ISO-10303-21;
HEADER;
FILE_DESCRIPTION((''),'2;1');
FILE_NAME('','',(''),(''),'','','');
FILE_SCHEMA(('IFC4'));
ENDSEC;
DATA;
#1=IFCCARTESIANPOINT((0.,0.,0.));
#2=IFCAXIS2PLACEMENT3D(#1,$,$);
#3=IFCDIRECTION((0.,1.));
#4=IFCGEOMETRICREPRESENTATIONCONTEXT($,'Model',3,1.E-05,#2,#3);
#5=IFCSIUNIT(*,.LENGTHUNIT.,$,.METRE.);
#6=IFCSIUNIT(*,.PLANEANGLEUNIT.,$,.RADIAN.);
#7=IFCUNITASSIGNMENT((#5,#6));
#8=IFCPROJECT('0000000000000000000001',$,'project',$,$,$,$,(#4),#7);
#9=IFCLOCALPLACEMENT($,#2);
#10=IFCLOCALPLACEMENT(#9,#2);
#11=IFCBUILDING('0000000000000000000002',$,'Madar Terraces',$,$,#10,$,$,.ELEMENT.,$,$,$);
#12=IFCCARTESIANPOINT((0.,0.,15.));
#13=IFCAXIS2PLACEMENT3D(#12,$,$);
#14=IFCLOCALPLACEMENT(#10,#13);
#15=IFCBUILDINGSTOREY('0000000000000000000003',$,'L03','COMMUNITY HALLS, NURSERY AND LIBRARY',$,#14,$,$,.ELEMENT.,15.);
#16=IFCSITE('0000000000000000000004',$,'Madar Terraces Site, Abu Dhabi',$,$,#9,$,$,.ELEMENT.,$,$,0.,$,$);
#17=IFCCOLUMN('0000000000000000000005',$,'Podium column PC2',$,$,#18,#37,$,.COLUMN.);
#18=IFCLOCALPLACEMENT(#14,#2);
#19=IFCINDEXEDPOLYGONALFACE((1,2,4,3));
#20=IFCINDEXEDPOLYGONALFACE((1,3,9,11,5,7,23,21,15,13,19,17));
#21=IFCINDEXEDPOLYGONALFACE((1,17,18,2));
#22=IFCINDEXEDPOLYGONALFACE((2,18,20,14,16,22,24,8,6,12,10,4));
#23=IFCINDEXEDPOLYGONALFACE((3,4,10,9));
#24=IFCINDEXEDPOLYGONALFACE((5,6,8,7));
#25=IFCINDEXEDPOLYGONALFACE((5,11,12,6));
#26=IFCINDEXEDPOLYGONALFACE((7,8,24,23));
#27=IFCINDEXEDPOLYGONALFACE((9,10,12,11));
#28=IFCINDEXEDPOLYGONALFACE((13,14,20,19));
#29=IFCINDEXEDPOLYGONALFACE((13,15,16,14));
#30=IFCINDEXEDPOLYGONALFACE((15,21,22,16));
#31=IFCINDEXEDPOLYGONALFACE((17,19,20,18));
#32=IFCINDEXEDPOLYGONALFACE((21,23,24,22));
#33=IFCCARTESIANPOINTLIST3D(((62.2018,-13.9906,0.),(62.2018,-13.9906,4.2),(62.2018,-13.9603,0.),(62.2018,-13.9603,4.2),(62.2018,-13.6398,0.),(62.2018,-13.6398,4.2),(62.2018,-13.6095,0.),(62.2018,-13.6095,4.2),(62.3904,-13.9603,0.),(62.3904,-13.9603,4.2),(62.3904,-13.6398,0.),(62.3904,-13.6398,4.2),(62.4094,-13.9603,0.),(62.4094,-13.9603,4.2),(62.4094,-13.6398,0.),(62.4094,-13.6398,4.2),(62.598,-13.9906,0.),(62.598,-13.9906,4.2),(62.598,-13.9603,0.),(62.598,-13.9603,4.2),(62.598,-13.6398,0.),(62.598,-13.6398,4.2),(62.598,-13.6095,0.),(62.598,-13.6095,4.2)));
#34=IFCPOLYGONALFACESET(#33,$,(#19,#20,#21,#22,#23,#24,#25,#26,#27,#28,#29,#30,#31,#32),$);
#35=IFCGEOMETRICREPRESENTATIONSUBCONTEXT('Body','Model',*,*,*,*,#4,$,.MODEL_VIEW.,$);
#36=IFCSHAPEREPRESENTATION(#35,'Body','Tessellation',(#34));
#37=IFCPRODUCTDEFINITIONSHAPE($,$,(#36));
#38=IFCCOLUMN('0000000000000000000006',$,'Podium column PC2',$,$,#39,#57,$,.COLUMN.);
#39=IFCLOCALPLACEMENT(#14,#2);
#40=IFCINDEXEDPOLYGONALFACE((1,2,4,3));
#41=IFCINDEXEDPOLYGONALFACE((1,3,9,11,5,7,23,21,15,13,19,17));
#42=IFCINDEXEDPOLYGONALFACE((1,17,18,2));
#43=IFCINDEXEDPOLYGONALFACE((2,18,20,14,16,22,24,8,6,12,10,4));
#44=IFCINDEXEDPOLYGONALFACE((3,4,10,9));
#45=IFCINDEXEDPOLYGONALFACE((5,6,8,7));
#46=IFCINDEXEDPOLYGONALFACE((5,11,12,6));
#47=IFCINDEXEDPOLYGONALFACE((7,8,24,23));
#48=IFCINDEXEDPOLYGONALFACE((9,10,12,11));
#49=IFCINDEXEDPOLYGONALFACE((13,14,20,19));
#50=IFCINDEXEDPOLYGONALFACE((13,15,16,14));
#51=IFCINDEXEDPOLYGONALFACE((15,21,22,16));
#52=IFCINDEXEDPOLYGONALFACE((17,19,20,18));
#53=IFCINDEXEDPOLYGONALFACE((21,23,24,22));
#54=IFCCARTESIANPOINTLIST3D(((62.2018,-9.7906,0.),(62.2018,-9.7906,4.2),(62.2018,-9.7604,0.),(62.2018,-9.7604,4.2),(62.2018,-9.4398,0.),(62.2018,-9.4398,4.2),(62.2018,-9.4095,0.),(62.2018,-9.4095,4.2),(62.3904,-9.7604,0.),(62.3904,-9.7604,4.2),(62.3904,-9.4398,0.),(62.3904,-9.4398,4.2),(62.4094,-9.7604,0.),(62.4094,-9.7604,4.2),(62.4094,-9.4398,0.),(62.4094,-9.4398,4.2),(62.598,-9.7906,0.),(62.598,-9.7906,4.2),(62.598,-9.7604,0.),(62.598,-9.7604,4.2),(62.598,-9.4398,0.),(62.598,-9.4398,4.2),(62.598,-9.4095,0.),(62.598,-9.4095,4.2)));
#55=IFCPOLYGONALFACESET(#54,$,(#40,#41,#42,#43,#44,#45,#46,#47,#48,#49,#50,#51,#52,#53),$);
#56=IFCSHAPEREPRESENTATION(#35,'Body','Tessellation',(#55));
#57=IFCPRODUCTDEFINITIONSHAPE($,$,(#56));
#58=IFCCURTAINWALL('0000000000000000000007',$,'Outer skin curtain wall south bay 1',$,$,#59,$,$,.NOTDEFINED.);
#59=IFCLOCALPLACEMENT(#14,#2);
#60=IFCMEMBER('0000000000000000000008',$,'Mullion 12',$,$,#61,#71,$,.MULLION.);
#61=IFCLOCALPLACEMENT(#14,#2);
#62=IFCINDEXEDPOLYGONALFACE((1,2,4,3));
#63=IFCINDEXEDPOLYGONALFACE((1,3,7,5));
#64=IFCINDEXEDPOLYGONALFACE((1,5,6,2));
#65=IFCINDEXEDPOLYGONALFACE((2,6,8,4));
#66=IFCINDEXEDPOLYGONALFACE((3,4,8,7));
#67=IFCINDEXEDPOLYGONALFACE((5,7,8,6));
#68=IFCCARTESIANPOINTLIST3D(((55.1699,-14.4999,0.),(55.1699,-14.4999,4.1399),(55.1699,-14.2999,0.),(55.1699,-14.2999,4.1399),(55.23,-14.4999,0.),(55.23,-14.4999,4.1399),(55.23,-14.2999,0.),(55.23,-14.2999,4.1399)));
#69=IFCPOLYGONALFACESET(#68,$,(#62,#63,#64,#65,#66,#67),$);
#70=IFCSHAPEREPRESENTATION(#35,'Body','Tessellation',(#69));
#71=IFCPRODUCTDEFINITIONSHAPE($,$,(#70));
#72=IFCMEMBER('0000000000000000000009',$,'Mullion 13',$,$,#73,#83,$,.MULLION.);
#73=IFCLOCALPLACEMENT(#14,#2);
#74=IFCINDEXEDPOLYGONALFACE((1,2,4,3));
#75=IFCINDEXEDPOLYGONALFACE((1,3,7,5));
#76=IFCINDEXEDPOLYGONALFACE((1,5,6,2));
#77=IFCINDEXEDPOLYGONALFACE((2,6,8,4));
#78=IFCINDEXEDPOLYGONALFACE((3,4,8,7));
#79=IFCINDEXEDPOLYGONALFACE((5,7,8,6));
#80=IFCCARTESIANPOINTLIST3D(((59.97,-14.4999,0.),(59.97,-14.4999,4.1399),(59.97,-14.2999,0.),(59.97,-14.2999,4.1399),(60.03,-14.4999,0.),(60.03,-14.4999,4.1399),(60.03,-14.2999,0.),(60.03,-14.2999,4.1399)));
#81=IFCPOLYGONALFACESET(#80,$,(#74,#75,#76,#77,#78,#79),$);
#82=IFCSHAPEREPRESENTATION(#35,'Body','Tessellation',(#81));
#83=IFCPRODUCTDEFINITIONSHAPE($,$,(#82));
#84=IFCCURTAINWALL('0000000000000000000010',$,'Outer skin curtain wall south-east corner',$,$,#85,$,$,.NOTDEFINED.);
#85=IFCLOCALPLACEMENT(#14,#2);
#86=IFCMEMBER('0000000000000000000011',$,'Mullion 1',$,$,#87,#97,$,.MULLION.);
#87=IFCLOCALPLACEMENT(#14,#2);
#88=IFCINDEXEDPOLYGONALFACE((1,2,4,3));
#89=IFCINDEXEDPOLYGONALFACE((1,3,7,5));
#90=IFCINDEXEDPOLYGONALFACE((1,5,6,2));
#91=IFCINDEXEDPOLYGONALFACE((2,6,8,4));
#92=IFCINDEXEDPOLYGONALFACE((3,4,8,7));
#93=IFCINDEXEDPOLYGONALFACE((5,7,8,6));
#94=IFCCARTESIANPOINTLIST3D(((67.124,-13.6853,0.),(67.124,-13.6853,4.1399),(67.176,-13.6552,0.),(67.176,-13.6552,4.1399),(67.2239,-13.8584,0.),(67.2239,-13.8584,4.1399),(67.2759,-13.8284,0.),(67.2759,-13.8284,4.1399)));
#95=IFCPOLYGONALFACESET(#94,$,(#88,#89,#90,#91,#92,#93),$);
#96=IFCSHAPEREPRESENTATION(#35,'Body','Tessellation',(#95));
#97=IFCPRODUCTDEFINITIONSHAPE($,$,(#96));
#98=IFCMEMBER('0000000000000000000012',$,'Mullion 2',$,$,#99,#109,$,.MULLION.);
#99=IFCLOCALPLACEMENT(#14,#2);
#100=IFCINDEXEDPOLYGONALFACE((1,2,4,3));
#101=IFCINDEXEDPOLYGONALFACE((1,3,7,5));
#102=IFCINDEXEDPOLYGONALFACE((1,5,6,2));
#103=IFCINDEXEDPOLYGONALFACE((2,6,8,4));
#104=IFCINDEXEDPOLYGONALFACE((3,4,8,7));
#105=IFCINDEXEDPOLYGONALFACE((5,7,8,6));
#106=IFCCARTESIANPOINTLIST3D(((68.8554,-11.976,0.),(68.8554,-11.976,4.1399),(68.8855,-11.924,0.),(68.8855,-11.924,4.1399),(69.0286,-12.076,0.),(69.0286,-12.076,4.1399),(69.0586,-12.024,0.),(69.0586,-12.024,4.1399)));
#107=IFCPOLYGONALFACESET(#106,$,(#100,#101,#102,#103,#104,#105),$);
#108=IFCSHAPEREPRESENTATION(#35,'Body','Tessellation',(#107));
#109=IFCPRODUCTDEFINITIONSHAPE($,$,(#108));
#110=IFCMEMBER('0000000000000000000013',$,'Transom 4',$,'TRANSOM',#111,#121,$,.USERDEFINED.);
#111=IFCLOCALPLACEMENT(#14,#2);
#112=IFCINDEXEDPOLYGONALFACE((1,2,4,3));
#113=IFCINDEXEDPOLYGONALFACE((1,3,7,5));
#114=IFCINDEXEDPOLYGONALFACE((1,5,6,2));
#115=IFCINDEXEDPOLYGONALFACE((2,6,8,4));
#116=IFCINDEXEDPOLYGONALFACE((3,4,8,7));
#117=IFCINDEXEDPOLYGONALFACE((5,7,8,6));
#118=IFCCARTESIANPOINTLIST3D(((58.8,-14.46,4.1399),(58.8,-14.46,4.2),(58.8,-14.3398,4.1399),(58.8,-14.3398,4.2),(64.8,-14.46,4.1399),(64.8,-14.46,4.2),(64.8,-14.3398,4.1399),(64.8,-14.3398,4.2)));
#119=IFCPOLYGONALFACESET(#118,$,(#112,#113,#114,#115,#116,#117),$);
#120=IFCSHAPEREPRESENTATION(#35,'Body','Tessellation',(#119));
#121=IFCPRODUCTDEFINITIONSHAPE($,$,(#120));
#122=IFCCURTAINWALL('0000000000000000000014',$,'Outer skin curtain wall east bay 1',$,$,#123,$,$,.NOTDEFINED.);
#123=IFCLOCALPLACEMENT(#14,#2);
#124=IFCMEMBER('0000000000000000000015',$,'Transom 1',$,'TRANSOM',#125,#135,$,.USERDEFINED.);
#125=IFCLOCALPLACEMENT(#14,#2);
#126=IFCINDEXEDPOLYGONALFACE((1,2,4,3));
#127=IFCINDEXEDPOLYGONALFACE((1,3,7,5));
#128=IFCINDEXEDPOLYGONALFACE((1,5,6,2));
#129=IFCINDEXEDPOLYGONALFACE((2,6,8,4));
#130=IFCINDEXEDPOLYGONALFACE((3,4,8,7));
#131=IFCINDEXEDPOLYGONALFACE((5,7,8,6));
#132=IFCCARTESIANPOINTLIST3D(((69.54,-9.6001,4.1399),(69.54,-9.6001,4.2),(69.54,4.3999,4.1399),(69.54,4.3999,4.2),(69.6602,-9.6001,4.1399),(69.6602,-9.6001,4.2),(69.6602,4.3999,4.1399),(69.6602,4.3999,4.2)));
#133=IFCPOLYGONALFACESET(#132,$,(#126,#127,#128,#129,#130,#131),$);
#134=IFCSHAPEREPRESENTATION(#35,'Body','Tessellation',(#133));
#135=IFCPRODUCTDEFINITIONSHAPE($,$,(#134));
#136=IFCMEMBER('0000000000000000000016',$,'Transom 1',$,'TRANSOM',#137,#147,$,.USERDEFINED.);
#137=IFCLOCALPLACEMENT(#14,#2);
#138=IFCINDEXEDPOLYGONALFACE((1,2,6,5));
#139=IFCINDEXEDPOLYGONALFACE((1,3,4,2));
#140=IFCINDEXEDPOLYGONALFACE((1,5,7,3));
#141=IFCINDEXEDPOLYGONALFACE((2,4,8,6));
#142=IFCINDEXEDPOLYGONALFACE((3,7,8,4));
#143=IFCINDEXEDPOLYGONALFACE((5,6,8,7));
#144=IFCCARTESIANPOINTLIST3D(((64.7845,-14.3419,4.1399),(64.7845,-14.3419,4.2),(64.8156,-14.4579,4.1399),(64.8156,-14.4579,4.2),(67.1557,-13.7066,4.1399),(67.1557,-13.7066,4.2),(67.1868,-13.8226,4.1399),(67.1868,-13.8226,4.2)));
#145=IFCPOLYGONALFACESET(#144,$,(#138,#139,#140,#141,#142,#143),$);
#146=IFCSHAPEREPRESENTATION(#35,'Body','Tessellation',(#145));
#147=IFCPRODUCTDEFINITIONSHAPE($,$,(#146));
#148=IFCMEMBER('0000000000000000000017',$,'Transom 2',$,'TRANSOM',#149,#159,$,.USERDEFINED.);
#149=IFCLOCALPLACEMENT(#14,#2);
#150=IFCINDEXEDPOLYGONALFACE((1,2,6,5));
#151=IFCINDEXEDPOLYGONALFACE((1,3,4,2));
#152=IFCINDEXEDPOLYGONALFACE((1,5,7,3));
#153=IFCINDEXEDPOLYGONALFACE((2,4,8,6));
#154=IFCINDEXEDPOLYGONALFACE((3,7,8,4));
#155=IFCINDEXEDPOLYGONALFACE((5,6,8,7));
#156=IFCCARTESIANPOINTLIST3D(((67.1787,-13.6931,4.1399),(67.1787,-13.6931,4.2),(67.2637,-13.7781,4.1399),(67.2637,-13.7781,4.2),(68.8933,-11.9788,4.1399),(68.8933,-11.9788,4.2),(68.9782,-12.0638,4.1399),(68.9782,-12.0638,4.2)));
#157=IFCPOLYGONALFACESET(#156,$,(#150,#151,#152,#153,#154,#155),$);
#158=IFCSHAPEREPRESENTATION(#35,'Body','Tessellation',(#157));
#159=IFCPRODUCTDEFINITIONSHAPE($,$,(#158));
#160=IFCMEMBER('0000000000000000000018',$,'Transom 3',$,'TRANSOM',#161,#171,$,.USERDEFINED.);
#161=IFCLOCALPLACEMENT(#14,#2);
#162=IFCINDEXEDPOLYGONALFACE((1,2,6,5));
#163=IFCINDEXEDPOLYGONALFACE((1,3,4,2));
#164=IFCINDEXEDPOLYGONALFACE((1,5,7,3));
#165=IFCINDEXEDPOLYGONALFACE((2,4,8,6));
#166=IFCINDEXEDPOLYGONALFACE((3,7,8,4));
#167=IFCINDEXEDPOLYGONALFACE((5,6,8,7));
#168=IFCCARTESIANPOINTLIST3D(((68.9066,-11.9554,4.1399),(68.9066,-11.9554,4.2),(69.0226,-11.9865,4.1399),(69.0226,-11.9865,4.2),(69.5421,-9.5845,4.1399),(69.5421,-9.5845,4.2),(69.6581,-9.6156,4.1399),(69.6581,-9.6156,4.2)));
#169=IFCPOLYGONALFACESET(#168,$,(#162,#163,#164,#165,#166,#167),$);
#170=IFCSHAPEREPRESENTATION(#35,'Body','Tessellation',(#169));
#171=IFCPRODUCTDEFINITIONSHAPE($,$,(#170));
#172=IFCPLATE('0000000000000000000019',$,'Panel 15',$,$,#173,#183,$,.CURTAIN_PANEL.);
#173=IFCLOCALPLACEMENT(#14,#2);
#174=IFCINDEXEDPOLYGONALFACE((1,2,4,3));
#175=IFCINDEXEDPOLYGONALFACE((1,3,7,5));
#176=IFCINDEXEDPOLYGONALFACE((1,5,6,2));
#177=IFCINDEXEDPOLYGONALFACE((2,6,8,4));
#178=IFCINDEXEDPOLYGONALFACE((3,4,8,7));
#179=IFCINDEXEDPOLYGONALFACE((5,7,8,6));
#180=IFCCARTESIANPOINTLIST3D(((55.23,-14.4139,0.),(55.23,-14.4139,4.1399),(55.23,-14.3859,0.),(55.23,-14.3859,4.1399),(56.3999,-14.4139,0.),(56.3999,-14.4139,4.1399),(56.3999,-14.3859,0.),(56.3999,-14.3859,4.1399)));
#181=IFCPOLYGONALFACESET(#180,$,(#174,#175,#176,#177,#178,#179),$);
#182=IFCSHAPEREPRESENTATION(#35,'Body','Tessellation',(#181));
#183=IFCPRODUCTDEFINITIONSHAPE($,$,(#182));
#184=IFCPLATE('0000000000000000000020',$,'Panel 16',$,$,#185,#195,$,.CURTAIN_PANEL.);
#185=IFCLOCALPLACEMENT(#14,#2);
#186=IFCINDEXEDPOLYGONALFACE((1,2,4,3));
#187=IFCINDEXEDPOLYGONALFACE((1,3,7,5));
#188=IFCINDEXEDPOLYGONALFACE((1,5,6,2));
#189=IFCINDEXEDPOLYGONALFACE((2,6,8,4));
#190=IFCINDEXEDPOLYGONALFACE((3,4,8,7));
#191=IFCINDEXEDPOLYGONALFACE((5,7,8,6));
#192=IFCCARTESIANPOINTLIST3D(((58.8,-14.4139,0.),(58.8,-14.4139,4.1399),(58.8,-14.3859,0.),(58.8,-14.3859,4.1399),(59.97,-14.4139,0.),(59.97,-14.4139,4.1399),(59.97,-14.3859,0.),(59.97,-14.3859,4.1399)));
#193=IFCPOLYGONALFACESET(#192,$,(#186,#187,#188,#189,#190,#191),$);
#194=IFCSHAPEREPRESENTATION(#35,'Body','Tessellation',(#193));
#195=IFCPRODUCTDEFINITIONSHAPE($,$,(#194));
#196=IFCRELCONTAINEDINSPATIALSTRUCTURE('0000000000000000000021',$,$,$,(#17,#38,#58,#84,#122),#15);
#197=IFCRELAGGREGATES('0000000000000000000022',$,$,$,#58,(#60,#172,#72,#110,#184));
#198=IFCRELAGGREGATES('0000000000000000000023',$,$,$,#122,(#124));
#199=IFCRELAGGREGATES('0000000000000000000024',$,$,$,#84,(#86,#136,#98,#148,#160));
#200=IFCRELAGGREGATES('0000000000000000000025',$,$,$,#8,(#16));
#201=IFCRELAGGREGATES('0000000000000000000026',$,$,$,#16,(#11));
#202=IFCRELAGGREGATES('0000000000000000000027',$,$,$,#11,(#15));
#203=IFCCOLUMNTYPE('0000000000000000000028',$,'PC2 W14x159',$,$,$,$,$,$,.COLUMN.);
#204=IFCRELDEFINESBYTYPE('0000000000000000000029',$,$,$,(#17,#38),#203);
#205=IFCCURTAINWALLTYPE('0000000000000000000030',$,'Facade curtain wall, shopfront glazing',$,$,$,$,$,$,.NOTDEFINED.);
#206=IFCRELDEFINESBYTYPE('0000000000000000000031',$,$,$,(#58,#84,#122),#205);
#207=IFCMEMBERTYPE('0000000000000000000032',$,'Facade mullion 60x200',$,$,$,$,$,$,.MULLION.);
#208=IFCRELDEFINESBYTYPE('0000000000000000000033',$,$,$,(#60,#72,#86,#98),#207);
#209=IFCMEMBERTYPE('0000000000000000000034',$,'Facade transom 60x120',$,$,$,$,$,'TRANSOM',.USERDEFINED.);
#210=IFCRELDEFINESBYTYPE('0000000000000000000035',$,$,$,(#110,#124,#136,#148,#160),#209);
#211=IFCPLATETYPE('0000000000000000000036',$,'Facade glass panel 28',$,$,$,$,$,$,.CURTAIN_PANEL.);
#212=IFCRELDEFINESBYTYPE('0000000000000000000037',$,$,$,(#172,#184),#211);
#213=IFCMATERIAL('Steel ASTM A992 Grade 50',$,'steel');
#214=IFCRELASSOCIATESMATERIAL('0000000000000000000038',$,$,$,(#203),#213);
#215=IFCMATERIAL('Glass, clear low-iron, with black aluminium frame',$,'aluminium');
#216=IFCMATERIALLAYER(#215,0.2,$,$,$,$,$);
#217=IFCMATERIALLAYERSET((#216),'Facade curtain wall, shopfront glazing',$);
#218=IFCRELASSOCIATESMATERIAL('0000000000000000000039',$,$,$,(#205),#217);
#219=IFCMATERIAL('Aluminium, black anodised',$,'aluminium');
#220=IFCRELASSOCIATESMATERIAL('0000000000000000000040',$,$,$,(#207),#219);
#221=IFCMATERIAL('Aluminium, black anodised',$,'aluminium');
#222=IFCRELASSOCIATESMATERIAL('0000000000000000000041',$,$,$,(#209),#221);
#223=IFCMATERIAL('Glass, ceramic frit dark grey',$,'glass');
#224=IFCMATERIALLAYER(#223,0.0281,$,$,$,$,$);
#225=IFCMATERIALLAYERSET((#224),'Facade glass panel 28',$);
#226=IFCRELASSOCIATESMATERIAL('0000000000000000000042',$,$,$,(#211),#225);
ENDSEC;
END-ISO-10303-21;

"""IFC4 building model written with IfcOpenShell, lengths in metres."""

from ifc_helpers import new_model, si_unit, direction, frame, origin, origin_2d, place, context, subcontext, project, spatial, rectangle, i_section, extrude, material, layer, layer_set, material_profile, profile_set, type_object, element, aggregate, save


model = new_model("IFC4")

# Units and contexts
model_context = context("Model", 3, precision=1e-05, world=origin(), true_north=direction((0.0, 1.0)))
body_context = subcontext(model_context, "Body", "Model", "MODEL_VIEW")
ifc_project = project(units=[si_unit("LENGTHUNIT", "METRE"), si_unit("PLANEANGLEUNIT", "RADIAN")], contexts=[model_context])

# Site, building, storey
site_placement = place(None, origin())
site = spatial("IfcSite", under=ifc_project, at=site_placement, Name="Madar Terraces Site, Abu Dhabi", CompositionType="ELEMENT", RefElevation=0.0)
building_placement = place(site_placement, origin())
building = spatial("IfcBuilding", under=site, at=building_placement, Name="Madar Terraces", CompositionType="ELEMENT")
storey_placement = place(building_placement, frame((0.0, 0.0, 15.0)))
storey = spatial("IfcBuildingStorey", under=building, at=storey_placement, Name="L03", Description="COMMUNITY HALLS, NURSERY AND LIBRARY", CompositionType="ELEMENT", Elevation=15.0)

# Columns
ifc_material_1 = material(Name="Steel ASTM A992 Grade 50", Category="steel")
ifc_material_profile_1 = material_profile(ifc_material_1, i_section(OverallWidth=0.3962, OverallDepth=0.3811, WebThickness=0.019, FlangeThickness=0.0303, at=origin_2d()), Name="W14x159")
ifc_profile_set_1 = profile_set([ifc_material_profile_1], Name="Steel ASTM A992 Grade 50")
column_type = type_object("IfcColumnType", Name="PC2 W14x159", PredefinedType="COLUMN", material=ifc_profile_set_1)
for number, where, z_axis, x_axis, name in (
    (1, (62.3999, -13.8, 0.0), (0.0, 0.0, 1.0), (1.0, 0.0, 0.0), "Podium column PC2"),
    (2, (62.3999, -9.6001, 0.0), (0.0, 0.0, 1.0), (1.0, 0.0, 0.0), "Podium column PC2"),
):
    element("IfcColumn", number, at=place(storey_placement, frame(where, z_axis=z_axis, x_axis=x_axis)), inside=storey, type_object=column_type, Name=name, PredefinedType="COLUMN", context=body_context, shape_type="SweptSolid", body=[
        extrude(i_section(OverallWidth=0.3962, OverallDepth=0.3811, WebThickness=0.019, FlangeThickness=0.0303, at=origin_2d()), origin(), (0.0, 0.0, 1.0), 4.2),
    ])

# Curtain walls, members
ifc_material_2 = material(Name="Glass, clear low-iron, with black aluminium frame", Category="aluminium")
ifc_layer_1 = layer(ifc_material_2, 0.2)
ifc_layer_set_1 = layer_set([ifc_layer_1], Name="Facade curtain wall, shopfront glazing")
curtain_wall_type = type_object("IfcCurtainWallType", Name="Facade curtain wall, shopfront glazing", PredefinedType="NOTDEFINED", material=ifc_layer_set_1)
curtain_wall_1_placement = place(storey_placement, origin())
curtain_wall_1 = element("IfcCurtainWall", 3, at=curtain_wall_1_placement, inside=storey, type_object=curtain_wall_type, Name="Outer skin curtain wall south bay 1", PredefinedType="NOTDEFINED")
ifc_material_3 = material(Name="Aluminium, black anodised", Category="aluminium")
ifc_material_profile_2 = material_profile(ifc_material_3, rectangle(XDim=0.2, YDim=0.0601, at=origin_2d()), Name="Facade mullion 60x200")
ifc_profile_set_2 = profile_set([ifc_material_profile_2], Name="Aluminium, black anodised")
member_type_1 = type_object("IfcMemberType", Name="Facade mullion 60x200", PredefinedType="MULLION", material=ifc_profile_set_2)
member_1_placement = place(storey_placement, frame((55.2, -14.3999, 0.0), z_axis=(0.0, 0.0, 1.0), x_axis=(0.0, 1.0, 0.0)))
member_1 = element("IfcMember", 4, at=member_1_placement, type_object=member_type_1, Name="Mullion 12", PredefinedType="MULLION", context=body_context, shape_type="SweptSolid", body=[
    extrude(rectangle(XDim=0.2, YDim=0.0601, at=origin_2d()), origin(), (0.0, 0.0, 1.0), 4.1399),
])
member_2_placement = place(storey_placement, frame((60.0, -14.3999, 0.0), z_axis=(0.0, 0.0, 1.0), x_axis=(0.0, 1.0, 0.0)))
member_2 = element("IfcMember", 5, at=member_2_placement, type_object=member_type_1, Name="Mullion 13", PredefinedType="MULLION", context=body_context, shape_type="SweptSolid", body=[
    extrude(rectangle(XDim=0.2, YDim=0.0601, at=origin_2d()), origin(), (0.0, 0.0, 1.0), 4.1399),
])
curtain_wall_2_placement = place(storey_placement, origin())
curtain_wall_2 = element("IfcCurtainWall", 6, at=curtain_wall_2_placement, inside=storey, type_object=curtain_wall_type, Name="Outer skin curtain wall south-east corner", PredefinedType="NOTDEFINED")
member_3_placement = place(storey_placement, frame((67.2, -13.7568, 0.0), z_axis=(0.0, 0.0, 1.0), x_axis=(-0.5, 0.866025, 0.0)))
member_3 = element("IfcMember", 7, at=member_3_placement, type_object=member_type_1, Name="Mullion 1", PredefinedType="MULLION", context=body_context, shape_type="SweptSolid", body=[
    extrude(rectangle(XDim=0.2, YDim=0.0601, at=origin_2d()), origin(), (0.0, 0.0, 1.0), 4.1399),
])
member_4_placement = place(storey_placement, frame((68.957, -12.0, 0.0), z_axis=(0.0, 0.0, 1.0), x_axis=(-0.866025, 0.5, 0.0)))
member_4 = element("IfcMember", 8, at=member_4_placement, type_object=member_type_1, Name="Mullion 2", PredefinedType="MULLION", context=body_context, shape_type="SweptSolid", body=[
    extrude(rectangle(XDim=0.2, YDim=0.0601, at=origin_2d()), origin(), (0.0, 0.0, 1.0), 4.1399),
])

# Member
ifc_material_4 = material(Name="Aluminium, black anodised", Category="aluminium")
ifc_material_profile_3 = material_profile(ifc_material_4, rectangle(XDim=0.1201, YDim=0.0601, at=origin_2d()), Name="Facade transom 60x120")
ifc_profile_set_3 = profile_set([ifc_material_profile_3], Name="Aluminium, black anodised")
member_type_2 = type_object("IfcMemberType", Name="Facade transom 60x120", ElementType="TRANSOM", PredefinedType="USERDEFINED", material=ifc_profile_set_3)
member_5_placement = place(storey_placement, frame((58.8, -14.3999, 4.1699), z_axis=(1.0, 0.0, 0.0), x_axis=(0.0, 1.0, 0.0)))
member_5 = element("IfcMember", 9, at=member_5_placement, type_object=member_type_2, Name="Transom 4", ObjectType="TRANSOM", PredefinedType="USERDEFINED", context=body_context, shape_type="SweptSolid", body=[
    extrude(rectangle(XDim=0.1201, YDim=0.0601, at=origin_2d()), origin(), (0.0, 0.0, 1.0), 6.0),
])

# Curtain wall, member
curtain_wall_3_placement = place(storey_placement, origin())
curtain_wall_3 = element("IfcCurtainWall", 10, at=curtain_wall_3_placement, inside=storey, type_object=curtain_wall_type, Name="Outer skin curtain wall east bay 1", PredefinedType="NOTDEFINED")
member_6_placement = place(storey_placement, frame((69.6001, -9.6001, 4.1699), z_axis=(0.0, 1.0, 0.0), x_axis=(-1.0, 0.0, 0.0)))
member_6 = element("IfcMember", 11, at=member_6_placement, type_object=member_type_2, Name="Transom 1", ObjectType="TRANSOM", PredefinedType="USERDEFINED", context=body_context, shape_type="SweptSolid", body=[
    extrude(rectangle(XDim=0.1201, YDim=0.0601, at=origin_2d()), origin(), (0.0, 0.0, 1.0), 14.0),
])

# Members
member_7_placement = place(storey_placement, frame((64.8, -14.3999, 4.1699), z_axis=(0.965934, 0.258789, 0.0), x_axis=(-0.258789, 0.965934, 0.0)))
member_7 = element("IfcMember", 12, at=member_7_placement, type_object=member_type_2, Name="Transom 1", ObjectType="TRANSOM", PredefinedType="USERDEFINED", context=body_context, shape_type="SweptSolid", body=[
    extrude(rectangle(XDim=0.1201, YDim=0.0601, at=origin_2d()), origin(), (0.0, 0.0, 1.0), 2.4548),
])
member_8_placement = place(storey_placement, frame((67.2212, -13.7356, 4.1699), z_axis=(0.707157, 0.707056, 0.0), x_axis=(-0.707056, 0.707157, 0.0)))
member_8 = element("IfcMember", 13, at=member_8_placement, type_object=member_type_2, Name="Transom 2", ObjectType="TRANSOM", PredefinedType="USERDEFINED", context=body_context, shape_type="SweptSolid", body=[
    extrude(rectangle(XDim=0.1201, YDim=0.0601, at=origin_2d()), origin(), (0.0, 0.0, 1.0), 2.4246),
])
member_9_placement = place(storey_placement, frame((68.9646, -11.9709, 4.1699), z_axis=(0.258907, 0.965902, 0.0), x_axis=(-0.965902, 0.258907, 0.0)))
member_9 = element("IfcMember", 14, at=member_9_placement, type_object=member_type_2, Name="Transom 3", ObjectType="TRANSOM", PredefinedType="USERDEFINED", context=body_context, shape_type="SweptSolid", body=[
    extrude(rectangle(XDim=0.1201, YDim=0.0601, at=origin_2d()), origin(), (0.0, 0.0, 1.0), 2.4546),
])

# Plates
ifc_material_5 = material(Name="Glass, ceramic frit dark grey", Category="glass")
ifc_layer_2 = layer(ifc_material_5, 0.0281)
ifc_layer_set_2 = layer_set([ifc_layer_2], Name="Facade glass panel 28")
plate_type = type_object("IfcPlateType", Name="Facade glass panel 28", PredefinedType="CURTAIN_PANEL", material=ifc_layer_set_2)
plate_1_placement = place(storey_placement, frame((55.8149, -14.3999, 0.0), z_axis=(0.0, 0.0, 1.0), x_axis=(1.0, 0.0, 0.0)))
plate_1 = element("IfcPlate", 15, at=plate_1_placement, type_object=plate_type, Name="Panel 15", PredefinedType="CURTAIN_PANEL", context=body_context, shape_type="SweptSolid", body=[
    extrude(rectangle(XDim=1.1699, YDim=0.0281, at=origin_2d()), origin(), (0.0, 0.0, 1.0), 4.1399),
])
plate_2_placement = place(storey_placement, frame((59.385, -14.3999, 0.0), z_axis=(0.0, 0.0, 1.0), x_axis=(1.0, 0.0, 0.0)))
plate_2 = element("IfcPlate", 16, at=plate_2_placement, type_object=plate_type, Name="Panel 16", PredefinedType="CURTAIN_PANEL", context=body_context, shape_type="SweptSolid", body=[
    extrude(rectangle(XDim=1.1699, YDim=0.0281, at=origin_2d()), origin(), (0.0, 0.0, 1.0), 4.1399),
])
aggregate(curtain_wall_1, [member_1, plate_1, member_2, member_5, plate_2])
aggregate(curtain_wall_3, [member_6])
aggregate(curtain_wall_2, [member_3, member_7, member_4, member_8, member_9])

save(model, "model.ifc")
